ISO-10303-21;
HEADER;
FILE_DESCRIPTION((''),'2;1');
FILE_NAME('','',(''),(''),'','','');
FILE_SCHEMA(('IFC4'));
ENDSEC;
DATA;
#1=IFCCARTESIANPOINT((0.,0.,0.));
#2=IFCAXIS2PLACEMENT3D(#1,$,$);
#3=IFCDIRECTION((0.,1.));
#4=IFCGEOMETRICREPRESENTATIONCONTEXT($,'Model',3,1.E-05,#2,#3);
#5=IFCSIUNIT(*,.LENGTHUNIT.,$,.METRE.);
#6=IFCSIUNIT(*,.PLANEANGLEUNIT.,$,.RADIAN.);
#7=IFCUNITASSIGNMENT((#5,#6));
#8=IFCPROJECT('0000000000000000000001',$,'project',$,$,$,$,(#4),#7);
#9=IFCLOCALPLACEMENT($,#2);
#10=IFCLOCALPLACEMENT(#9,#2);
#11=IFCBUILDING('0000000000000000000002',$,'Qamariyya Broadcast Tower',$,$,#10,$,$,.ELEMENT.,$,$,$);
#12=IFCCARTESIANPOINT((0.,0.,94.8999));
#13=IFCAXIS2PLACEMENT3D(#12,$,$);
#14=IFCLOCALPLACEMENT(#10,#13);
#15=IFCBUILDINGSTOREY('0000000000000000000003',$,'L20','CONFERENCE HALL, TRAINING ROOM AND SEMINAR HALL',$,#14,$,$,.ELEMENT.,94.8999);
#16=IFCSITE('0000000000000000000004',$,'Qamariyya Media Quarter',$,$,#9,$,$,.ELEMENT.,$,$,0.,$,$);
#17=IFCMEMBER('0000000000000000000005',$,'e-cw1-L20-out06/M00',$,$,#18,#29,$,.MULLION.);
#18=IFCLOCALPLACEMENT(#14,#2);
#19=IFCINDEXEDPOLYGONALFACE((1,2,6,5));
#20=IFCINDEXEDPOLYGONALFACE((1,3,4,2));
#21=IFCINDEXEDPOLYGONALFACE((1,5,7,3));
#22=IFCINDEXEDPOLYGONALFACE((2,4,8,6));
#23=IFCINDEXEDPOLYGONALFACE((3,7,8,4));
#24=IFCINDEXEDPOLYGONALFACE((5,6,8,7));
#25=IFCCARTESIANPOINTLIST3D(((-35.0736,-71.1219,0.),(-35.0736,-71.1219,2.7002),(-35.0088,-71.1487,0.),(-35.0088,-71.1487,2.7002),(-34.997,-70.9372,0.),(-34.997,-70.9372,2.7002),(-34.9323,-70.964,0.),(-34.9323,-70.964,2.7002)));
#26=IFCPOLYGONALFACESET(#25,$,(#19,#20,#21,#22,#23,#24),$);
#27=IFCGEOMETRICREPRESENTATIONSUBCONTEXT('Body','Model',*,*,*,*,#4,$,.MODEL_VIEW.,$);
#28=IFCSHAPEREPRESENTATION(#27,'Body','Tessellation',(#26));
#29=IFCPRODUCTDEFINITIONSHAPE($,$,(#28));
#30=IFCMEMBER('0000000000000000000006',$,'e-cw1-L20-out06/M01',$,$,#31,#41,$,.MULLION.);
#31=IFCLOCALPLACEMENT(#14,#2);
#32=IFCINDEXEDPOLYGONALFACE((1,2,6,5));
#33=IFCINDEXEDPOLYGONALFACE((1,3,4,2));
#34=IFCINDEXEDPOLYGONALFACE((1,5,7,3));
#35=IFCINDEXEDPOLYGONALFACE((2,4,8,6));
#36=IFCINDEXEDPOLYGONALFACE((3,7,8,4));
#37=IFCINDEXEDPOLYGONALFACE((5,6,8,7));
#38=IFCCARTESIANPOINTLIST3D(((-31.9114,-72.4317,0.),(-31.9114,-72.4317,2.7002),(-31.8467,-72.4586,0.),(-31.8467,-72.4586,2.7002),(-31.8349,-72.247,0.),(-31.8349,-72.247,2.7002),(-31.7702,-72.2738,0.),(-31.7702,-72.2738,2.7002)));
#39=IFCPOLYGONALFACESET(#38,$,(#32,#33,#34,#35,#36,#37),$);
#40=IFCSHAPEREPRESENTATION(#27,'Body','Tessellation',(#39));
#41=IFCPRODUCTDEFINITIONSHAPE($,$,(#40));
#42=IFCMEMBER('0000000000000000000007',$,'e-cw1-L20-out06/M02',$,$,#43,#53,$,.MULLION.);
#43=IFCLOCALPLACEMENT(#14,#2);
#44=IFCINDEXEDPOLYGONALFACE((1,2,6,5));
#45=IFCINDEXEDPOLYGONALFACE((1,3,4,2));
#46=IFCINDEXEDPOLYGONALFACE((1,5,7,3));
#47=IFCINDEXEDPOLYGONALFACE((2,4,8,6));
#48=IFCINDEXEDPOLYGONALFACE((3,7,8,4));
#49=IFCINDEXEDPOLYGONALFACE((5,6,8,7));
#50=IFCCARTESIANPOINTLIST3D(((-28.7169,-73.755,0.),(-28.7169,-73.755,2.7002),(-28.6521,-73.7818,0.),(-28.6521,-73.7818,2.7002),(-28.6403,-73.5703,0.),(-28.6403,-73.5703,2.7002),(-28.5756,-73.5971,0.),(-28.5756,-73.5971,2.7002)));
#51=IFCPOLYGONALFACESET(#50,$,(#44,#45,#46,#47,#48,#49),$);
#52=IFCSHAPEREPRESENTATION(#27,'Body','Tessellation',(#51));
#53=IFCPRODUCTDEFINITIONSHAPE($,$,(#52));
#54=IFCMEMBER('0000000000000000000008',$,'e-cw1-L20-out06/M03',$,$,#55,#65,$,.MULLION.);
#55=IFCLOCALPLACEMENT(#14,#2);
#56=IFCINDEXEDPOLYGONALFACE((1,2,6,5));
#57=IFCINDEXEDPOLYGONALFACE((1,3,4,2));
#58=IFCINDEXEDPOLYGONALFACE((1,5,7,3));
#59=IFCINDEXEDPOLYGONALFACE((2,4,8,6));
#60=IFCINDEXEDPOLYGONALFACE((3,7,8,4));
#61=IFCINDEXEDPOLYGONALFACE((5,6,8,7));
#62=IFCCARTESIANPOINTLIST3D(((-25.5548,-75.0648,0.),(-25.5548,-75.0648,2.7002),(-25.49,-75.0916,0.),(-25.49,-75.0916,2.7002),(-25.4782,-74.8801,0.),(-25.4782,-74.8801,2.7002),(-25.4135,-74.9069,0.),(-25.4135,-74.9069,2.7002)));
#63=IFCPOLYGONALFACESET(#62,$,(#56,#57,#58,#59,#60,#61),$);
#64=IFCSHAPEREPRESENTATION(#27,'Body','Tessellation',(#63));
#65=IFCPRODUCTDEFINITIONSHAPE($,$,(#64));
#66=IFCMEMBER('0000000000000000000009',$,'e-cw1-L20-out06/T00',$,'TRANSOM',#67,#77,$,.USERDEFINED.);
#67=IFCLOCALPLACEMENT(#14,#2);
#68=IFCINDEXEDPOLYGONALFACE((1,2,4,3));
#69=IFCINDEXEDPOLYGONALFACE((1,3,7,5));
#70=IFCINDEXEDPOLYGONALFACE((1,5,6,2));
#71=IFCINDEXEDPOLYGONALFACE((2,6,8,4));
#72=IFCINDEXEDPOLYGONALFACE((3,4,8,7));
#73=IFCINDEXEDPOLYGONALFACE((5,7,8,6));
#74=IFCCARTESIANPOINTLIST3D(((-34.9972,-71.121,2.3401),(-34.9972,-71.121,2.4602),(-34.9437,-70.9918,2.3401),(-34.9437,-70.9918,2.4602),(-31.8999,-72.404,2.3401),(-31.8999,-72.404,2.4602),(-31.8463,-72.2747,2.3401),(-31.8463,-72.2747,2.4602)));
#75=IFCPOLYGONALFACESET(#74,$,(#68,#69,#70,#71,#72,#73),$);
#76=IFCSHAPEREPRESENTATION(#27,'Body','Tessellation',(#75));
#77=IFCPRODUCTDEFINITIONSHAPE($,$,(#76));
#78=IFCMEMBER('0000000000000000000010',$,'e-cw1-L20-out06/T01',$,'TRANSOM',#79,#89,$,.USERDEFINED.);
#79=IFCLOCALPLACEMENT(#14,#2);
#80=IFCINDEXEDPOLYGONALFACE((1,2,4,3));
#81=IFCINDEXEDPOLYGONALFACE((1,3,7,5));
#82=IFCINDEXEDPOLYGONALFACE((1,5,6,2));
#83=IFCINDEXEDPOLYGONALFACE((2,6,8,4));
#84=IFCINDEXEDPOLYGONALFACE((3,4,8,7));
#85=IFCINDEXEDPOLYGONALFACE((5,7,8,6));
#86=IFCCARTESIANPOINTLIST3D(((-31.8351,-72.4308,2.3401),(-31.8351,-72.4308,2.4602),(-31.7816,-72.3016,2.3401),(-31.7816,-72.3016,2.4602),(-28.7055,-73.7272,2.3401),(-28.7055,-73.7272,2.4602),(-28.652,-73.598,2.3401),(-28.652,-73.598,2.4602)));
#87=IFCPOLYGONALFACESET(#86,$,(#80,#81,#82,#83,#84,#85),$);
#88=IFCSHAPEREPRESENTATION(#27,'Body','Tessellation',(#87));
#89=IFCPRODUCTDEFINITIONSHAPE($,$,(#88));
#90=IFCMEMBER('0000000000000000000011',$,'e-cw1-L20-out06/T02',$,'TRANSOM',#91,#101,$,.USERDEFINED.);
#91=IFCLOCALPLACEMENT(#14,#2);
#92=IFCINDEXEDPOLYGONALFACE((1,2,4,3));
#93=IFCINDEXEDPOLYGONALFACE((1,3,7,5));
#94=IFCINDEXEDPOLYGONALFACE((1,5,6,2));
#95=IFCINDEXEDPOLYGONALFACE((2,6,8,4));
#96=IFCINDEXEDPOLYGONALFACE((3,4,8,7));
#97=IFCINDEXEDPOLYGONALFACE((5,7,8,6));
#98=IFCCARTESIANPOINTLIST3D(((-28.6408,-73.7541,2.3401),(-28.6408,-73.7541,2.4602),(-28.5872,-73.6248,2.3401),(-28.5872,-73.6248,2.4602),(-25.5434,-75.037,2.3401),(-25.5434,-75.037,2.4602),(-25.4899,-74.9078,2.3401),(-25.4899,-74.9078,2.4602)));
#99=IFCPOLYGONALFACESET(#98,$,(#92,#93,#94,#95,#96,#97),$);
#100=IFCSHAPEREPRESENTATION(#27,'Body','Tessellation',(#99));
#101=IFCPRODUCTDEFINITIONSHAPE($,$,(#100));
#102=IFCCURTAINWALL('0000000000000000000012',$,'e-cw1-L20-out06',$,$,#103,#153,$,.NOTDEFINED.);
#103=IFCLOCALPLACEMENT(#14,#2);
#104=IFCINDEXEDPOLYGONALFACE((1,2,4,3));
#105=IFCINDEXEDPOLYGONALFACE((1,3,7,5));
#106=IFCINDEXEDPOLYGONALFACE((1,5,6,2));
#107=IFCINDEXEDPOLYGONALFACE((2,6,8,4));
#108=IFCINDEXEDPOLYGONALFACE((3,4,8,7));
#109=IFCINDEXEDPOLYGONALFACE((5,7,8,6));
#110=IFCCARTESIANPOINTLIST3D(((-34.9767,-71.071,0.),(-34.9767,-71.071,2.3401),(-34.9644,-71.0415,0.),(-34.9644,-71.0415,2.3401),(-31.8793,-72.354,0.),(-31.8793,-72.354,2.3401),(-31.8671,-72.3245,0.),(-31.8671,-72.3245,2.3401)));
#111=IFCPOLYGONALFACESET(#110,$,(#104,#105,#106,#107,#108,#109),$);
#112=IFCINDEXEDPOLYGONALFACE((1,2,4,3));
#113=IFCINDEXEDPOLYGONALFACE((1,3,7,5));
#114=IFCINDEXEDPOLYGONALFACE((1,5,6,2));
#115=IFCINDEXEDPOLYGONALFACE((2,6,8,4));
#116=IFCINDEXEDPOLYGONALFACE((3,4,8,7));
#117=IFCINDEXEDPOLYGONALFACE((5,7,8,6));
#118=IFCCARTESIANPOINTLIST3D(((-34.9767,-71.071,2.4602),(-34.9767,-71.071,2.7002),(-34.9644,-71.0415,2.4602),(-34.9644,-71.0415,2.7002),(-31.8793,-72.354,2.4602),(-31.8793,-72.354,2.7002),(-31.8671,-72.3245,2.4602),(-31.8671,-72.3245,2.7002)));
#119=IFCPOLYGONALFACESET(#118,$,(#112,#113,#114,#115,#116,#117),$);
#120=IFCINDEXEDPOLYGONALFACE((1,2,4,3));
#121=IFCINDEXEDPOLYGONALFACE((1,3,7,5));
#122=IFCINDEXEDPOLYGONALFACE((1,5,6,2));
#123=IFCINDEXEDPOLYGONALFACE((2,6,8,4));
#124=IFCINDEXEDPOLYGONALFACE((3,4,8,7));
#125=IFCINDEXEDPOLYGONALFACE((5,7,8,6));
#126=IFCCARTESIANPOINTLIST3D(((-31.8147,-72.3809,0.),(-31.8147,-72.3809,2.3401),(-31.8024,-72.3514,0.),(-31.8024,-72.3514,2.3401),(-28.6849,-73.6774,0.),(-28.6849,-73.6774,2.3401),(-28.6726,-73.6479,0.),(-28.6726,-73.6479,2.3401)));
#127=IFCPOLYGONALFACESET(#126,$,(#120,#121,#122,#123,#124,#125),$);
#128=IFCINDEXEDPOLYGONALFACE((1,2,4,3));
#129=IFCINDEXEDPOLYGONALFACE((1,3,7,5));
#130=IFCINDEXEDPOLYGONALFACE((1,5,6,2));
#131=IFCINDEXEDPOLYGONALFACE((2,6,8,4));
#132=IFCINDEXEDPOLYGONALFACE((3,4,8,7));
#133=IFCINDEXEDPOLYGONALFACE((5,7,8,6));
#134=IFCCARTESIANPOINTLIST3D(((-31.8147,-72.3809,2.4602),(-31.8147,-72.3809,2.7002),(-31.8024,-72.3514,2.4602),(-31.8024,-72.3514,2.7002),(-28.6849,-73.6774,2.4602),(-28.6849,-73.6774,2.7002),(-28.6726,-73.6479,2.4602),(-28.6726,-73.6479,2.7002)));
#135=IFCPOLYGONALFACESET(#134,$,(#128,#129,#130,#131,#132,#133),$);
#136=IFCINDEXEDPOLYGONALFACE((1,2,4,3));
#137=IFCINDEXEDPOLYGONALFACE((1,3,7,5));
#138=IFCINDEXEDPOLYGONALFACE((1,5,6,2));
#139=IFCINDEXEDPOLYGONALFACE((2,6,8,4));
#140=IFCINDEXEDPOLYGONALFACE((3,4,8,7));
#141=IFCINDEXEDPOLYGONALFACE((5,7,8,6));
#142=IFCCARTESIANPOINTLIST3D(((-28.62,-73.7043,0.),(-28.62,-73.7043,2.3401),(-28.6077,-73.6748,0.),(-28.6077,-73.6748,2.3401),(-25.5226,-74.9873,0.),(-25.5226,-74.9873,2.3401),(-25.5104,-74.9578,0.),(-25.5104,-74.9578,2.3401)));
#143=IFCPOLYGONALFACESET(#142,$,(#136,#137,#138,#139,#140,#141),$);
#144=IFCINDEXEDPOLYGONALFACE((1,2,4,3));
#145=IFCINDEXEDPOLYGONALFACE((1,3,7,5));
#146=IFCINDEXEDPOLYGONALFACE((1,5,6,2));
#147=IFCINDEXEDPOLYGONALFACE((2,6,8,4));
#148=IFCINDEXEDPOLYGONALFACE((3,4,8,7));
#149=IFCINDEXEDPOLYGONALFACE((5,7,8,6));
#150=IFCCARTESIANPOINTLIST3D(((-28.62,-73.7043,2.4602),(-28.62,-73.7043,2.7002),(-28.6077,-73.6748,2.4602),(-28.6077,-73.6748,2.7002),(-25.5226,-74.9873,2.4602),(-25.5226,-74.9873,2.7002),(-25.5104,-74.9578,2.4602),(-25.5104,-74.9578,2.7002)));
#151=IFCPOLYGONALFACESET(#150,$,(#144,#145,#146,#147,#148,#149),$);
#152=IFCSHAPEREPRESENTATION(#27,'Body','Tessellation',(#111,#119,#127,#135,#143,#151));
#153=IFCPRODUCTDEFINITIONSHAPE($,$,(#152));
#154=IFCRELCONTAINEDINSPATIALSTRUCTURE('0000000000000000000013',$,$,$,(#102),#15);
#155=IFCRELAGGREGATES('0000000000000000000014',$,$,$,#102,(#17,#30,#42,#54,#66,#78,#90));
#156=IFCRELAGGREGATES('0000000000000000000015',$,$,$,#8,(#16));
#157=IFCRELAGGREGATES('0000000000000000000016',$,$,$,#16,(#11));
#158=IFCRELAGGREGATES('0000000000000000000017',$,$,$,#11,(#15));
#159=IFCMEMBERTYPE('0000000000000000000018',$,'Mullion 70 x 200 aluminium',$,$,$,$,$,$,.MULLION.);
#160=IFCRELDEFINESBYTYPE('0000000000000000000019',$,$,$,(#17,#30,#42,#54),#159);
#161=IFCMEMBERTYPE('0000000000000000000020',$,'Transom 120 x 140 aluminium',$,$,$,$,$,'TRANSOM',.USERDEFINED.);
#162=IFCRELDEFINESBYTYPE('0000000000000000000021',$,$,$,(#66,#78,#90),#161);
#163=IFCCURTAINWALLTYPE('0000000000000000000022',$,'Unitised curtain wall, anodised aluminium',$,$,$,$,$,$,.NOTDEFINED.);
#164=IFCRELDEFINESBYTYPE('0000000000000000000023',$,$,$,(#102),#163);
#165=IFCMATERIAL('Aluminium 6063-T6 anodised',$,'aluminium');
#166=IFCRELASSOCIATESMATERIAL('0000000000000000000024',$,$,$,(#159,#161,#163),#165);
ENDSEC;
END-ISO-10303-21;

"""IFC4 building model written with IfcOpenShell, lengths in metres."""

from ifc_helpers import new_model, si_unit, direction, frame, origin, origin_2d, place, context, subcontext, project, spatial, rectangle, extrude, material, material_profile, profile_set, type_object, element, aggregate, save


model = new_model("IFC4")

# Units and contexts
model_context = context("Model", 3, precision=1e-05, world=origin(), true_north=direction((0.0, 1.0)))
body_context = subcontext(model_context, "Body", "Model", "MODEL_VIEW")
ifc_project = project(units=[si_unit("LENGTHUNIT", "METRE"), si_unit("PLANEANGLEUNIT", "RADIAN")], contexts=[model_context])

# Members
ifc_material = material(Name="Aluminium 6063-T6 anodised", Category="aluminium")
ifc_material_profile_1 = material_profile(ifc_material, rectangle(XDim=0.2, YDim=0.0701, at=origin_2d()))
ifc_profile_set_1 = profile_set([ifc_material_profile_1], Name="Aluminium 6063-T6 anodised")
member_type_1 = type_object("IfcMemberType", Name="Mullion 70 x 200 aluminium", PredefinedType="MULLION", material=ifc_profile_set_1)
site_placement = place(None, origin())
building_placement = place(site_placement, origin())
storey_placement = place(building_placement, frame((0.0, 0.0, 94.8999)))
member_1_placement = place(storey_placement, frame((-35.0029, -71.043, 0.0), z_axis=(0.0, 0.0, 1.0), x_axis=(0.382683, 0.92388, 0.0)))
member_1 = element("IfcMember", 1, at=member_1_placement, type_object=member_type_1, Name="e-cw1-L20-out06/M00", PredefinedType="MULLION", context=body_context, shape_type="SweptSolid", body=[
    extrude(rectangle(XDim=0.2, YDim=0.0701, at=origin_2d()), origin(), (0.0, 0.0, 1.0), 2.7002),
])
member_2_placement = place(storey_placement, frame((-31.8408, -72.3528, 0.0), z_axis=(0.0, 0.0, 1.0), x_axis=(0.382683, 0.92388, 0.0)))
member_2 = element("IfcMember", 2, at=member_2_placement, type_object=member_type_1, Name="e-cw1-L20-out06/M01", PredefinedType="MULLION", context=body_context, shape_type="SweptSolid", body=[
    extrude(rectangle(XDim=0.2, YDim=0.0701, at=origin_2d()), origin(), (0.0, 0.0, 1.0), 2.7002),
])
member_3_placement = place(storey_placement, frame((-28.6462, -73.676, 0.0), z_axis=(0.0, 0.0, 1.0), x_axis=(0.382683, 0.92388, 0.0)))
member_3 = element("IfcMember", 3, at=member_3_placement, type_object=member_type_1, Name="e-cw1-L20-out06/M02", PredefinedType="MULLION", context=body_context, shape_type="SweptSolid", body=[
    extrude(rectangle(XDim=0.2, YDim=0.0701, at=origin_2d()), origin(), (0.0, 0.0, 1.0), 2.7002),
])
member_4_placement = place(storey_placement, frame((-25.4841, -74.9858, 0.0), z_axis=(0.0, 0.0, 1.0), x_axis=(0.382683, 0.92388, 0.0)))
member_4 = element("IfcMember", 4, at=member_4_placement, type_object=member_type_1, Name="e-cw1-L20-out06/M03", PredefinedType="MULLION", context=body_context, shape_type="SweptSolid", body=[
    extrude(rectangle(XDim=0.2, YDim=0.0701, at=origin_2d()), origin(), (0.0, 0.0, 1.0), 2.7002),
])
ifc_material_profile_2 = material_profile(ifc_material, rectangle(XDim=0.1399, YDim=0.1201, at=origin_2d()))
ifc_profile_set_2 = profile_set([ifc_material_profile_2], Name="Aluminium 6063-T6 anodised")
member_type_2 = type_object("IfcMemberType", Name="Transom 120 x 140 aluminium", ElementType="TRANSOM", PredefinedType="USERDEFINED", material=ifc_profile_set_2)
member_5_placement = place(storey_placement, frame((-34.9705, -71.0564, 2.4001), z_axis=(0.923883, -0.382676, 0.0), x_axis=(0.382676, 0.923883, 0.0)))
member_5 = element("IfcMember", 5, at=member_5_placement, type_object=member_type_2, Name="e-cw1-L20-out06/T00", ObjectType="TRANSOM", PredefinedType="USERDEFINED", context=body_context, shape_type="SweptSolid", body=[
    extrude(rectangle(XDim=0.1399, YDim=0.1201, at=origin_2d()), origin(), (0.0, 0.0, 1.0), 3.3525),
])
member_6_placement = place(storey_placement, frame((-31.8083, -72.3662, 2.4001), z_axis=(0.923875, -0.382696, 0.0), x_axis=(0.382696, 0.923875, 0.0)))
member_6 = element("IfcMember", 6, at=member_6_placement, type_object=member_type_2, Name="e-cw1-L20-out06/T01", ObjectType="TRANSOM", PredefinedType="USERDEFINED", context=body_context, shape_type="SweptSolid", body=[
    extrude(rectangle(XDim=0.1399, YDim=0.1201, at=origin_2d()), origin(), (0.0, 0.0, 1.0), 3.3875),
])
member_7_placement = place(storey_placement, frame((-28.614, -73.6895, 2.4001), z_axis=(0.923883, -0.382676, 0.0), x_axis=(0.382676, 0.923883, 0.0)))
member_7 = element("IfcMember", 7, at=member_7_placement, type_object=member_type_2, Name="e-cw1-L20-out06/T02", ObjectType="TRANSOM", PredefinedType="USERDEFINED", context=body_context, shape_type="SweptSolid", body=[
    extrude(rectangle(XDim=0.1399, YDim=0.1201, at=origin_2d()), origin(), (0.0, 0.0, 1.0), 3.3525),
])

# Site, building, storey
site = spatial("IfcSite", under=ifc_project, at=site_placement, Name="Qamariyya Media Quarter", CompositionType="ELEMENT", RefElevation=0.0)
building = spatial("IfcBuilding", under=site, at=building_placement, Name="Qamariyya Broadcast Tower", CompositionType="ELEMENT")
storey = spatial("IfcBuildingStorey", under=building, at=storey_placement, Name="L20", Description="CONFERENCE HALL, TRAINING ROOM AND SEMINAR HALL", CompositionType="ELEMENT", Elevation=94.8999)

# Curtain wall
curtain_wall_type = type_object("IfcCurtainWallType", Name="Unitised curtain wall, anodised aluminium", PredefinedType="NOTDEFINED", material=ifc_material)
curtain_wall_1_placement = place(storey_placement, origin())
curtain_wall_1 = element("IfcCurtainWall", 8, at=curtain_wall_1_placement, inside=storey, type_object=curtain_wall_type, Name="e-cw1-L20-out06", PredefinedType="NOTDEFINED", context=body_context, shape_type="SweptSolid", body=[
    extrude(rectangle(XDim=3.3525, YDim=0.032, at=origin_2d()), frame((-33.4219, -71.6978, 0.0), x_axis=(0.923872, -0.382701, 0.0)), (0.0, 0.0, 1.0), 2.3401),
    extrude(rectangle(XDim=3.3525, YDim=0.032, at=origin_2d()), frame((-33.4219, -71.6978, 2.4602), x_axis=(0.923872, -0.382701, 0.0)), (0.0, 0.0, 1.0), 0.24),
    extrude(rectangle(XDim=3.3877, YDim=0.032, at=origin_2d()), frame((-30.2437, -73.0144, 0.0), x_axis=(0.923872, -0.382701, 0.0)), (0.0, 0.0, 1.0), 2.3401),
    extrude(rectangle(XDim=3.3877, YDim=0.032, at=origin_2d()), frame((-30.2437, -73.0144, 2.4602), x_axis=(0.923872, -0.382701, 0.0)), (0.0, 0.0, 1.0), 0.24),
    extrude(rectangle(XDim=3.3525, YDim=0.032, at=origin_2d()), frame((-27.0652, -74.3311, 0.0), x_axis=(0.923872, -0.382701, 0.0)), (0.0, 0.0, 1.0), 2.3401),
    extrude(rectangle(XDim=3.3525, YDim=0.032, at=origin_2d()), frame((-27.0652, -74.3311, 2.4602), x_axis=(0.923872, -0.382701, 0.0)), (0.0, 0.0, 1.0), 0.24),
])
aggregate(curtain_wall_1, [member_1, member_2, member_3, member_4, member_5, member_6, member_7])

save(model, "model.ifc")
